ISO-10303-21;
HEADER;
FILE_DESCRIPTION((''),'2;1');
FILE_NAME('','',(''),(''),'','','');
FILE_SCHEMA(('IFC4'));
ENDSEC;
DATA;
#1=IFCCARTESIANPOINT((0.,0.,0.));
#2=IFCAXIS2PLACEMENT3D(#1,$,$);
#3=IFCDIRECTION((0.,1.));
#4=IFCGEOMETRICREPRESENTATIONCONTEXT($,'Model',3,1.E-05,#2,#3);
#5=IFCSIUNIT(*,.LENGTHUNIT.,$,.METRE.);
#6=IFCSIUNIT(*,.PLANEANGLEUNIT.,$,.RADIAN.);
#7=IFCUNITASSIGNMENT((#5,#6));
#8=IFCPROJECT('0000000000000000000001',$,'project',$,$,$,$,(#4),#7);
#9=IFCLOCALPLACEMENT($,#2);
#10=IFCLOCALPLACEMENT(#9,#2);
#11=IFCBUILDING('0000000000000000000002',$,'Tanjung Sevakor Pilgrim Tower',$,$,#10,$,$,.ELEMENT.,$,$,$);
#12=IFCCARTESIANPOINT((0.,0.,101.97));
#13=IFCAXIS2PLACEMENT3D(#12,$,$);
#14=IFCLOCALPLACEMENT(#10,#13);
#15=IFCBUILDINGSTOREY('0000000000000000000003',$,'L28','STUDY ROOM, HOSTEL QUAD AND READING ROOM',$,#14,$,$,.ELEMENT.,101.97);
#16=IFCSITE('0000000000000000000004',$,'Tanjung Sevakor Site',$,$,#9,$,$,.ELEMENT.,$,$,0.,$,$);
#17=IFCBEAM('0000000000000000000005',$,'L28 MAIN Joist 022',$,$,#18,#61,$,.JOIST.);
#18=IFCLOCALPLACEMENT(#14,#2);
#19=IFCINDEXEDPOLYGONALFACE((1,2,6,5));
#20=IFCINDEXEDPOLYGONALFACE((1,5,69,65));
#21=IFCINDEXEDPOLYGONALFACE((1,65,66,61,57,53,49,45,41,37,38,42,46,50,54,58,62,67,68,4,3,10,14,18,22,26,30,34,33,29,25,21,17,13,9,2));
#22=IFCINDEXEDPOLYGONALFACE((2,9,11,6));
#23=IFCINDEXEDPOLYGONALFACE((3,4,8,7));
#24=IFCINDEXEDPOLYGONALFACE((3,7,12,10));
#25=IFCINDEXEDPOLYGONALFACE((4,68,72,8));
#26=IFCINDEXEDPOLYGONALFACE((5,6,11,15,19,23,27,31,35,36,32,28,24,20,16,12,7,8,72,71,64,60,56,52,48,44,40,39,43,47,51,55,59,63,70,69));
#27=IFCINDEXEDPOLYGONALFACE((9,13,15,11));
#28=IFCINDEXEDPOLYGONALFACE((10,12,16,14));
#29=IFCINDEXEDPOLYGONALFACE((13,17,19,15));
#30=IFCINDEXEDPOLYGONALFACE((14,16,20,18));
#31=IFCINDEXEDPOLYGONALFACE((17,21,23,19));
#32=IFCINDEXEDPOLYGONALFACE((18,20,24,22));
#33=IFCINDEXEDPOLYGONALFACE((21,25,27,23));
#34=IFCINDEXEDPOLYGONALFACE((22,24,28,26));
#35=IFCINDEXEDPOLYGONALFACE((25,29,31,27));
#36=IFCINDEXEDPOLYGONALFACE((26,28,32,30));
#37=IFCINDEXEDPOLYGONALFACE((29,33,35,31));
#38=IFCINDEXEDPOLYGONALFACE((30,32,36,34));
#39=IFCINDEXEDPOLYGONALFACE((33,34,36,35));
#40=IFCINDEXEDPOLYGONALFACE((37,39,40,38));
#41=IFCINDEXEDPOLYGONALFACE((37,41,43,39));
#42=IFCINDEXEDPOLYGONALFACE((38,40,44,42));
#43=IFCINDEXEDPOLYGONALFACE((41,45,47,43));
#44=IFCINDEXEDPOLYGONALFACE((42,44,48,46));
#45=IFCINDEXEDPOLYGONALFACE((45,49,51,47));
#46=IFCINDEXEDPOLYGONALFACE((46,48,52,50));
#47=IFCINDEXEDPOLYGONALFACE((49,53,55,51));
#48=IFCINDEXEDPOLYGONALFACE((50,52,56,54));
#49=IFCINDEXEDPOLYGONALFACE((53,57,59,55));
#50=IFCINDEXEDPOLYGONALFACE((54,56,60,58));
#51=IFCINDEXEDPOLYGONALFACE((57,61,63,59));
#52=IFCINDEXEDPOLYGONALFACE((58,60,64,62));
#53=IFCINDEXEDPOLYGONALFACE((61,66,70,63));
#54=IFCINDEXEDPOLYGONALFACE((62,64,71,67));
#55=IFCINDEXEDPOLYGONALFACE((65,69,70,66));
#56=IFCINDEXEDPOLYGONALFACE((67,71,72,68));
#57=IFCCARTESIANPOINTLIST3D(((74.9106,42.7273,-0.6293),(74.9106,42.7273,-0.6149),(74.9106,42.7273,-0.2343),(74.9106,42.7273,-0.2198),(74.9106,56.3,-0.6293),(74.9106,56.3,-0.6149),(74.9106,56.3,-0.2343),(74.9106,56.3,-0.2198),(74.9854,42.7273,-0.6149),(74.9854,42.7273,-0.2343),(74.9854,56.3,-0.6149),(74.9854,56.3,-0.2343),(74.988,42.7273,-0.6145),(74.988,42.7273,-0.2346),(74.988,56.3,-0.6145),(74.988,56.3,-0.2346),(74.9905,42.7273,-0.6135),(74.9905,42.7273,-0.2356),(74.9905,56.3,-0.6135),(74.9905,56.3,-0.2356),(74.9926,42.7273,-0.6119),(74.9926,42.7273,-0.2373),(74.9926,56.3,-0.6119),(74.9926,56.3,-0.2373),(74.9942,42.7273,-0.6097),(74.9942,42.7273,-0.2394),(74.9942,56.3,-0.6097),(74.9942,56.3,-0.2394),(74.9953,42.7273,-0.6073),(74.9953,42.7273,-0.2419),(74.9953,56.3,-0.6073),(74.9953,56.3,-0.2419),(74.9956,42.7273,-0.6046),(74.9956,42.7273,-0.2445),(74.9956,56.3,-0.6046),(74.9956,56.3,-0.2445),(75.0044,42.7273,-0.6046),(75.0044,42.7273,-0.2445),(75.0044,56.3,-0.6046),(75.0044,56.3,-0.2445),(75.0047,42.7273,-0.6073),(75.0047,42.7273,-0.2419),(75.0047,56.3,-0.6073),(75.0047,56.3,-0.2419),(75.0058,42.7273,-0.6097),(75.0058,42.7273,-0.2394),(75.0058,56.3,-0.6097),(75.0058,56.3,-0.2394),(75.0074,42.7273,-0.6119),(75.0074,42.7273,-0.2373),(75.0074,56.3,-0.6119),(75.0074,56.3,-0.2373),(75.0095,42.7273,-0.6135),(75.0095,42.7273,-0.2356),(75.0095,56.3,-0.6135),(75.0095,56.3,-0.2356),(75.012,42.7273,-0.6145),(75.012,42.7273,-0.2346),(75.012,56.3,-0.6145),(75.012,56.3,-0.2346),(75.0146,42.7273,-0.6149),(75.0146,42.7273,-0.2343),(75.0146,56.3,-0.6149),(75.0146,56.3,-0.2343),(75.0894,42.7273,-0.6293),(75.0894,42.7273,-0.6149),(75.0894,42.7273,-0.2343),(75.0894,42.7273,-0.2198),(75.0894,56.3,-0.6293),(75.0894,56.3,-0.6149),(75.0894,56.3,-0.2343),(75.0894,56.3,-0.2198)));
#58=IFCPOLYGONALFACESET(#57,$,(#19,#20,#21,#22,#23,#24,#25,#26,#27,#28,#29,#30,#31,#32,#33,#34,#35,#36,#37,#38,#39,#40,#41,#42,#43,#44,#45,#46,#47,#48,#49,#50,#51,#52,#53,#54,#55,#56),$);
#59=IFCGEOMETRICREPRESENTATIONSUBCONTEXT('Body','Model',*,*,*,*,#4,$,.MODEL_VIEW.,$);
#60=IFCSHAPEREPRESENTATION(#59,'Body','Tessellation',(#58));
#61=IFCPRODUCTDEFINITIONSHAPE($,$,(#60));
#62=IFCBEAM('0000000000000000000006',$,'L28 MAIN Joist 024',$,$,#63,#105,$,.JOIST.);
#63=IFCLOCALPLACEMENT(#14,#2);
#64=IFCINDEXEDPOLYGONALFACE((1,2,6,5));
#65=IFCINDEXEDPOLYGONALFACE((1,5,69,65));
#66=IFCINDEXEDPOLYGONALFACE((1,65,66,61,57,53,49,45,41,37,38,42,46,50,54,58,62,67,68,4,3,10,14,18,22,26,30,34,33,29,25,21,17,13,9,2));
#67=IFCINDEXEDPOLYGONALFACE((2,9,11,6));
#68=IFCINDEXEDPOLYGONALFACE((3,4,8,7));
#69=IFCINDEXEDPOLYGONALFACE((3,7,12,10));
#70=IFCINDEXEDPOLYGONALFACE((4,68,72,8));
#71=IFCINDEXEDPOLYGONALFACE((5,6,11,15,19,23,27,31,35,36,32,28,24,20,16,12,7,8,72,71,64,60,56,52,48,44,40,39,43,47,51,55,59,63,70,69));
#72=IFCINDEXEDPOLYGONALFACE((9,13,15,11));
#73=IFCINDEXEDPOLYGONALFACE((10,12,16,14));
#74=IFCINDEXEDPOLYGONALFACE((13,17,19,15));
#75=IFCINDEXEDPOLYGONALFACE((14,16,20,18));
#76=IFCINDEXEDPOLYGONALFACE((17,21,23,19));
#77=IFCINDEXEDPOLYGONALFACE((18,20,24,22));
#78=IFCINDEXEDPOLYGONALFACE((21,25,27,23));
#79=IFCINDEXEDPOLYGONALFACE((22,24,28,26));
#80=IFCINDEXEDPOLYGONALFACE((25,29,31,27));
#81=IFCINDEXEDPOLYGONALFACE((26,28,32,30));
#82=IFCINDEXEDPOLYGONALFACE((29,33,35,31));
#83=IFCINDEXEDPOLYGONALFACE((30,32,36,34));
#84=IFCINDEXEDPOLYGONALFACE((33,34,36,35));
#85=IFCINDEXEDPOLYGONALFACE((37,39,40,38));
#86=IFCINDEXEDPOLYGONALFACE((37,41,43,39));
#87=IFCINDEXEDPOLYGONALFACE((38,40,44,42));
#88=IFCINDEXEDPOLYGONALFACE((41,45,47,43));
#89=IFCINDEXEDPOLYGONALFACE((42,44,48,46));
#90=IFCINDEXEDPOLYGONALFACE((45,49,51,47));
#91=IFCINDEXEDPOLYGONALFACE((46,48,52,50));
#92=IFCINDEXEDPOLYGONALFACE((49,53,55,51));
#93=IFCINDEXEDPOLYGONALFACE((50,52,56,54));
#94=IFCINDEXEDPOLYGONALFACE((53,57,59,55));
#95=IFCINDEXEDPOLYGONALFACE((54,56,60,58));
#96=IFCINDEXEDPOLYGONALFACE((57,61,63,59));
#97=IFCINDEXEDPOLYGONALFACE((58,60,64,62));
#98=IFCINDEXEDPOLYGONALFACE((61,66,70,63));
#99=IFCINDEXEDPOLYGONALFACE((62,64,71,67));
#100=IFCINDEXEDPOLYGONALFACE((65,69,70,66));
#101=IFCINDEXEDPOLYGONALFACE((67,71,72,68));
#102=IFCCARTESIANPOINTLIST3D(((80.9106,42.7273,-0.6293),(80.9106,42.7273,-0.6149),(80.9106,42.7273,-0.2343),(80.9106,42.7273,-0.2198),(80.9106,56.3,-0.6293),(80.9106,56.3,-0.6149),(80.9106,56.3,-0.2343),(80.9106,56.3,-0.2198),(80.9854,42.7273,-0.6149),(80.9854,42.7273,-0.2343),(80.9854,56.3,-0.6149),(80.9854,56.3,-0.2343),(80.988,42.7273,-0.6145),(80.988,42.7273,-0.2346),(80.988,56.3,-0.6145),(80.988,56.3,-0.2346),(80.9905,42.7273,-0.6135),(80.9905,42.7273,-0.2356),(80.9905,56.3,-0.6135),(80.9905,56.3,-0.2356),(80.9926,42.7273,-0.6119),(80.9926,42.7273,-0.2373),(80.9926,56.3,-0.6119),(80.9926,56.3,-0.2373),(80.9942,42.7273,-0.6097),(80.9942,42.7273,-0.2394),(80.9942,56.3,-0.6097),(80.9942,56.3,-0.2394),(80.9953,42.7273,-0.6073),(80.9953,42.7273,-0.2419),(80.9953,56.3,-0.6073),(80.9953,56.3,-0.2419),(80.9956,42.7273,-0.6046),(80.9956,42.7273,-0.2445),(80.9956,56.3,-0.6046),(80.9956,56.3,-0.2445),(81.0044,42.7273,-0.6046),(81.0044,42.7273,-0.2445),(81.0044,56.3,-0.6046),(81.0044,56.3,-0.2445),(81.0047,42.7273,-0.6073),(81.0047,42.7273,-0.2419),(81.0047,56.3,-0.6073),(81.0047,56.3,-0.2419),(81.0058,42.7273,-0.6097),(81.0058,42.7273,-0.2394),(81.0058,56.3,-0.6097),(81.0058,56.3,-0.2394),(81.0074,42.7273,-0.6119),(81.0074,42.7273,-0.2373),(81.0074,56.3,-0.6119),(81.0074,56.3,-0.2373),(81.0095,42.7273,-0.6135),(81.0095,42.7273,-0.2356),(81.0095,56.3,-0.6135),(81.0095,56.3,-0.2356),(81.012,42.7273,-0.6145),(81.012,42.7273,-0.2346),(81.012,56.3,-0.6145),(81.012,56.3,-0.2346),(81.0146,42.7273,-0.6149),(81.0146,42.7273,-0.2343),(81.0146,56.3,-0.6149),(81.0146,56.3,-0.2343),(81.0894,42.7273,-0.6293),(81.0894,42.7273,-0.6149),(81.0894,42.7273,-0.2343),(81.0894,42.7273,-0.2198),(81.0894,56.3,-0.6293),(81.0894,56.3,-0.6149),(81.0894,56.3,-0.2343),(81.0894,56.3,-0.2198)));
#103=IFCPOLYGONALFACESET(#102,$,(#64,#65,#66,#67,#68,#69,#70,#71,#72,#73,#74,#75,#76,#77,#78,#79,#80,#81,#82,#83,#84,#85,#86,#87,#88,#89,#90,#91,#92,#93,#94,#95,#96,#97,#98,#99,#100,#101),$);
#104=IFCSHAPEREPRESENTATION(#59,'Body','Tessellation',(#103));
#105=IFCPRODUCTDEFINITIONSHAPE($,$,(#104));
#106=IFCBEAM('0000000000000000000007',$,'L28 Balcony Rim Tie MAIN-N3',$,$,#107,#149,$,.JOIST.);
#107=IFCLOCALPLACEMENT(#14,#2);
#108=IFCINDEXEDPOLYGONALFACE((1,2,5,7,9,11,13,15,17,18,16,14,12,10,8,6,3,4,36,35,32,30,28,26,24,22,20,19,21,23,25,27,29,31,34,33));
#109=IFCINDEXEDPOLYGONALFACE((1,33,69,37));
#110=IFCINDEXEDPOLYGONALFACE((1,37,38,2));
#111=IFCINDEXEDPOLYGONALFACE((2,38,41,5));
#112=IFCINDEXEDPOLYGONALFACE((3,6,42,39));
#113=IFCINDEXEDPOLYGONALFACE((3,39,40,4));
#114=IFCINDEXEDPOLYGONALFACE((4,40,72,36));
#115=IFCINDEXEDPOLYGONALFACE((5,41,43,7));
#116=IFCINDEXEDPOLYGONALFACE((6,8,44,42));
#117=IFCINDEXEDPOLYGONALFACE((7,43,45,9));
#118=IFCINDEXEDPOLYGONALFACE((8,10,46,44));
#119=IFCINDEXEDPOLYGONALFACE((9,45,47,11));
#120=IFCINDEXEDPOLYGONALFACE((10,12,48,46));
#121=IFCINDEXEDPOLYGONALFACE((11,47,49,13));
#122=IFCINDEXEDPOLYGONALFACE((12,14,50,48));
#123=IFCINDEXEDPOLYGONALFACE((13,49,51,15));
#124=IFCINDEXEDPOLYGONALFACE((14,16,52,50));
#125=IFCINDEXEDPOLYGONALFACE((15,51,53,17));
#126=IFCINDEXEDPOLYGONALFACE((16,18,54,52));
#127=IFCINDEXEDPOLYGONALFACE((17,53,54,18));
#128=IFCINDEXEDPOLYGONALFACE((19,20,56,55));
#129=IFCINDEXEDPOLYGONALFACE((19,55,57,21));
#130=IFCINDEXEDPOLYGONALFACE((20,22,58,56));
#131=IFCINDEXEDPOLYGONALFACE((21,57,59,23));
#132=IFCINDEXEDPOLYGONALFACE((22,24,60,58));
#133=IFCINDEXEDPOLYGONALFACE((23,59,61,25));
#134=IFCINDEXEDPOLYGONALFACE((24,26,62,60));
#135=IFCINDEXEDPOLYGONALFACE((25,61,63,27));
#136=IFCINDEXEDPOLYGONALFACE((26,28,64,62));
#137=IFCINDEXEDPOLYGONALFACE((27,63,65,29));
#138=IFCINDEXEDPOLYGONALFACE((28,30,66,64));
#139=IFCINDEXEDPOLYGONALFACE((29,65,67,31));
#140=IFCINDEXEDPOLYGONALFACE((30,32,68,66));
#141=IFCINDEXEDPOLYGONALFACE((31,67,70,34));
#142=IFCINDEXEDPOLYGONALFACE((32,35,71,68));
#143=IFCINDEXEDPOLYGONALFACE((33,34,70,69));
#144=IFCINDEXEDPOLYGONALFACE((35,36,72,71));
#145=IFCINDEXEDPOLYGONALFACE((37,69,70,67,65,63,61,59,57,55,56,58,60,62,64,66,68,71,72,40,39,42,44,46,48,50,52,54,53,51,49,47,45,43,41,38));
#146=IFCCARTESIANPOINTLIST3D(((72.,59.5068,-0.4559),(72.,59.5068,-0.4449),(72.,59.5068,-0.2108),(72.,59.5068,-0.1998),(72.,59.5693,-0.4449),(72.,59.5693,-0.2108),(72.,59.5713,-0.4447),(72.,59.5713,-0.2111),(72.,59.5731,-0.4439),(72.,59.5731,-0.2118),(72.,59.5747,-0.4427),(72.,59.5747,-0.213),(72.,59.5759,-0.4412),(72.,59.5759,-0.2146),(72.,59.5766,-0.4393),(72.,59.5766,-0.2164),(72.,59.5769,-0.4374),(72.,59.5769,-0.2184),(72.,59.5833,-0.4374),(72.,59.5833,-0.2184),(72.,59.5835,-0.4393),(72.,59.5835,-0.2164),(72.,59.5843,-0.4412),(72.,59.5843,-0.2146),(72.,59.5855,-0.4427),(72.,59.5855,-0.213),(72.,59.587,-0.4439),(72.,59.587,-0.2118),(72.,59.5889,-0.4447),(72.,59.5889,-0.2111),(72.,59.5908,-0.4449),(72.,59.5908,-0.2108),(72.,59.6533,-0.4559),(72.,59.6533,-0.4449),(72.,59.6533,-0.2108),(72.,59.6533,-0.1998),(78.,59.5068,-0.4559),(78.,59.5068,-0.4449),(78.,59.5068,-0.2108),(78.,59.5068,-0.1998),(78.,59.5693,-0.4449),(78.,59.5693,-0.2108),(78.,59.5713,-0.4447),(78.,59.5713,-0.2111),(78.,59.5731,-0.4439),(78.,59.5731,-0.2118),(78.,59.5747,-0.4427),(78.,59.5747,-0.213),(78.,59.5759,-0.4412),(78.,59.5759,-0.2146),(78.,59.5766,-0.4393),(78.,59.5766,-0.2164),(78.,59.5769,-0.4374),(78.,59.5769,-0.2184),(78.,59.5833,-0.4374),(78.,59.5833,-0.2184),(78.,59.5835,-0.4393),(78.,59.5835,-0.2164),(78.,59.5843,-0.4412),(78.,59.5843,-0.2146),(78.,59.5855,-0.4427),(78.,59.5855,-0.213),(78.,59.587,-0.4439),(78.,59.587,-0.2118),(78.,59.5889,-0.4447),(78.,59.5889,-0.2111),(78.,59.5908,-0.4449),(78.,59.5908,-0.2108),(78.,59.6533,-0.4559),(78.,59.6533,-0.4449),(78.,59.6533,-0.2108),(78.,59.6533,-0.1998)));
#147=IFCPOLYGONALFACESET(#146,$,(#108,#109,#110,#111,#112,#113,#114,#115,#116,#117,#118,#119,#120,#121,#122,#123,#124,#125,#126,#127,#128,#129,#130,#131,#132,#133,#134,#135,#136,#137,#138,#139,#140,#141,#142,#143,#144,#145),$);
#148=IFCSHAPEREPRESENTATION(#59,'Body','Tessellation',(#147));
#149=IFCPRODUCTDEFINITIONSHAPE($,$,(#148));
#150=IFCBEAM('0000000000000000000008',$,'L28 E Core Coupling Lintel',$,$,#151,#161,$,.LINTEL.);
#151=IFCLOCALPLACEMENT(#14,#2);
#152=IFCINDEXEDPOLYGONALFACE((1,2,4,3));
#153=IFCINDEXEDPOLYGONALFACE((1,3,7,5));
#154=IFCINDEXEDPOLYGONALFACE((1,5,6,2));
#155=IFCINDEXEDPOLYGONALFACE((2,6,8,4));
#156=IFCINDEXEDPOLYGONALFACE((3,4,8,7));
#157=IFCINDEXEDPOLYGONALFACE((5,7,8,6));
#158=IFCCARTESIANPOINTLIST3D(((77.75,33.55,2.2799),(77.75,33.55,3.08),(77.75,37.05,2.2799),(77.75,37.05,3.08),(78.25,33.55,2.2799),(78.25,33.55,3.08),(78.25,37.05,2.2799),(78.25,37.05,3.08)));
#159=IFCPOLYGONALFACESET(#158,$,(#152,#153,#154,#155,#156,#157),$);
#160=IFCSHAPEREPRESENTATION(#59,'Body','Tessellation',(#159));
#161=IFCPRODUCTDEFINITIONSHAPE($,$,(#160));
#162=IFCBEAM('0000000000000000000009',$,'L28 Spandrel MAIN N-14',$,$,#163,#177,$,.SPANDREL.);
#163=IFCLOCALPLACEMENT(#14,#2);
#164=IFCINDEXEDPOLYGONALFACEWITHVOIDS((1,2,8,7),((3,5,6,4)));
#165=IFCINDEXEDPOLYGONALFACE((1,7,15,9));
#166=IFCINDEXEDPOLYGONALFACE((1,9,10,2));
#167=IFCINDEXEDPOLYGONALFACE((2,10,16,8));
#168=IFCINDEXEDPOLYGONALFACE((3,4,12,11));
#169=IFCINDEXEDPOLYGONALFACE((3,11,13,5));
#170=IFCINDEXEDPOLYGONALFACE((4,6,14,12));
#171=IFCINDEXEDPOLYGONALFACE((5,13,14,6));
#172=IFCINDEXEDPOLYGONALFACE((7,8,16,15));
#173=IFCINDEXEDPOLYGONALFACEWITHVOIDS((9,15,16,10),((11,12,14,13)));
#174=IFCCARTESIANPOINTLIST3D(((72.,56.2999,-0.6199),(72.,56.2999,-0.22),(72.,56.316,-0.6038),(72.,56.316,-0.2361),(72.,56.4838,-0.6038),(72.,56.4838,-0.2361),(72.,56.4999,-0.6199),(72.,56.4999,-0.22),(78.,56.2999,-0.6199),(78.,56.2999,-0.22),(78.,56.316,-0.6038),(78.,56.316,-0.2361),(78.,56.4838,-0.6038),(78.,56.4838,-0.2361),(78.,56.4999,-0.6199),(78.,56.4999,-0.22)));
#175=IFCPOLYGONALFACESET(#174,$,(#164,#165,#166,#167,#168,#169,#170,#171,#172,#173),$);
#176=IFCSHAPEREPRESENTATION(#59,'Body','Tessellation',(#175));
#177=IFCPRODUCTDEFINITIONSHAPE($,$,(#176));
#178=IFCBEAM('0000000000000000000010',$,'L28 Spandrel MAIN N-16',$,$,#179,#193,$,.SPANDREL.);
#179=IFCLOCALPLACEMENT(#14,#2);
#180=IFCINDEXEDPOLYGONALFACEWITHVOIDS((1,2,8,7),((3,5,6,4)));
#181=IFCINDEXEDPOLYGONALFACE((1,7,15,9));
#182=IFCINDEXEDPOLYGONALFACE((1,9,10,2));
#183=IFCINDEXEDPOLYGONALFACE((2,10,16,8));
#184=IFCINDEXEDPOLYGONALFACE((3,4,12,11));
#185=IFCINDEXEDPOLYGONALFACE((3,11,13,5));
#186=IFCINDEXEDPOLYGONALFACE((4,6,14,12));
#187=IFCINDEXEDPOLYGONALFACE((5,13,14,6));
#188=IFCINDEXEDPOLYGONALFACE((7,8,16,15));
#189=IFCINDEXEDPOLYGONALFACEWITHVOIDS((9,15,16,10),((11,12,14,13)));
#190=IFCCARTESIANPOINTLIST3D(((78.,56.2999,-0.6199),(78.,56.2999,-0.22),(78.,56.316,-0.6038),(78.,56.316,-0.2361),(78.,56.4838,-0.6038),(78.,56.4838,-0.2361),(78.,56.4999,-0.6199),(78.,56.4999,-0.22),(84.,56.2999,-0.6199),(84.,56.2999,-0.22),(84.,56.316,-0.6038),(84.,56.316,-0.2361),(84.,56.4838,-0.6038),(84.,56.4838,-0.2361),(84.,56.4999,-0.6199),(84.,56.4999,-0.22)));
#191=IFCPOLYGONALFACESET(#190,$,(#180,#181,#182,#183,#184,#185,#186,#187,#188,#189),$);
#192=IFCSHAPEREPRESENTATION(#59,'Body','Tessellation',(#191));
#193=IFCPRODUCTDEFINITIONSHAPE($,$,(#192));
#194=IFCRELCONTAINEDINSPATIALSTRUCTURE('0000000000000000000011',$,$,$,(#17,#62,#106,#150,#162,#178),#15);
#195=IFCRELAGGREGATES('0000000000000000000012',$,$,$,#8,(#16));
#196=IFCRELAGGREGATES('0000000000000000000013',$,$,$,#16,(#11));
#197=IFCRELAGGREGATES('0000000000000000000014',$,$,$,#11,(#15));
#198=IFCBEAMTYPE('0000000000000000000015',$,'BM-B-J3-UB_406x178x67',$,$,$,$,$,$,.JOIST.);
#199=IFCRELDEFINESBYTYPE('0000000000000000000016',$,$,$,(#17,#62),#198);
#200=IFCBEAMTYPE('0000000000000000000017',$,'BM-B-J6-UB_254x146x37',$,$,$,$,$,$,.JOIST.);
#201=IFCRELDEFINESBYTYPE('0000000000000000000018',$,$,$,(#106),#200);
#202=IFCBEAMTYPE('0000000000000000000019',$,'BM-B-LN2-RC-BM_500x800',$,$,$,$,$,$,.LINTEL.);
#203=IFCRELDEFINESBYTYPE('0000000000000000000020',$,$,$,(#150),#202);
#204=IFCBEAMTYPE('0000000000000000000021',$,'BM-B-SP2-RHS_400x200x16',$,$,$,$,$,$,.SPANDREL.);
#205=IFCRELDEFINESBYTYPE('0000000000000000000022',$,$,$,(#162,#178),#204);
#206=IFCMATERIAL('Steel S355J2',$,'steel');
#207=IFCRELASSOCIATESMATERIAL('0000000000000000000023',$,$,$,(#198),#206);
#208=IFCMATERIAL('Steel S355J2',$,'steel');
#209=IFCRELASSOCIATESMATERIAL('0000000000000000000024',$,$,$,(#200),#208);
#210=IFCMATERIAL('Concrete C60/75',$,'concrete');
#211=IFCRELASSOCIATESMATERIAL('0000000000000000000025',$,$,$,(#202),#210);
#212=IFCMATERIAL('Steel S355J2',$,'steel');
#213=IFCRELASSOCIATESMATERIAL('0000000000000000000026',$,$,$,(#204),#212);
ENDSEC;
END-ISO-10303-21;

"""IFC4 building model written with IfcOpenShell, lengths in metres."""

from ifc_helpers import new_model, si_unit, direction, frame, origin, origin_2d, place, context, subcontext, project, spatial, rectangle, hollow_rectangle, i_section, extrude, material, material_profile, profile_set, type_object, element, save


model = new_model("IFC4")

# Units and contexts
model_context = context("Model", 3, precision=1e-05, world=origin(), true_north=direction((0.0, 1.0)))
body_context = subcontext(model_context, "Body", "Model", "MODEL_VIEW")
ifc_project = project(units=[si_unit("LENGTHUNIT", "METRE"), si_unit("PLANEANGLEUNIT", "RADIAN")], contexts=[model_context])

# Site, building, storey
site_placement = place(None, origin())
site = spatial("IfcSite", under=ifc_project, at=site_placement, Name="Tanjung Sevakor Site", CompositionType="ELEMENT", RefElevation=0.0)
building_placement = place(site_placement, origin())
building = spatial("IfcBuilding", under=site, at=building_placement, Name="Tanjung Sevakor Pilgrim Tower", CompositionType="ELEMENT")
storey_placement = place(building_placement, frame((0.0, 0.0, 101.97)))
storey = spatial("IfcBuildingStorey", under=building, at=storey_placement, Name="L28", Description="STUDY ROOM, HOSTEL QUAD AND READING ROOM", CompositionType="ELEMENT", Elevation=101.97)

# Beams
ifc_material_1 = material(Name="Steel S355J2", Category="steel")
ifc_material_profile_1 = material_profile(ifc_material_1, i_section(OverallWidth=0.1787, OverallDepth=0.4094, WebThickness=0.0088, FlangeThickness=0.0144, FilletRadius=0.0103, at=origin_2d()))
ifc_profile_set_1 = profile_set([ifc_material_profile_1], Name="Steel S355J2")
beam_type_1 = type_object("IfcBeamType", Name="BM-B-J3-UB_406x178x67", PredefinedType="JOIST", material=ifc_profile_set_1)
for number, where, z_axis, x_axis, name in (
    (1, (75.0, 42.7273, -0.4246), (0.0, 1.0, 0.0), (-1.0, 0.0, 0.0), "L28 MAIN Joist 022"),
    (2, (81.0, 42.7273, -0.4246), (0.0, 1.0, 0.0), (-1.0, 0.0, 0.0), "L28 MAIN Joist 024"),
):
    element("IfcBeam", number, at=place(storey_placement, frame(where, z_axis=z_axis, x_axis=x_axis)), inside=storey, type_object=beam_type_1, Name=name, PredefinedType="JOIST", context=body_context, shape_type="SweptSolid", body=[
        extrude(i_section(OverallWidth=0.1787, OverallDepth=0.4094, WebThickness=0.0088, FlangeThickness=0.0144, FilletRadius=0.0103, at=origin_2d()), origin(), (0.0, 0.0, 1.0), 13.5728),
    ])
ifc_material_2 = material(Name="Steel S355J2", Category="steel")
ifc_material_profile_2 = material_profile(ifc_material_2, i_section(OverallWidth=0.1465, OverallDepth=0.2561, WebThickness=0.0063, FlangeThickness=0.011, FilletRadius=0.0076, at=origin_2d()))
ifc_profile_set_2 = profile_set([ifc_material_profile_2], Name="Steel S355J2")
beam_type_2 = type_object("IfcBeamType", Name="BM-B-J6-UB_254x146x37", PredefinedType="JOIST", material=ifc_profile_set_2)
beam_1_placement = place(storey_placement, frame((72.0, 59.5801, -0.3279), z_axis=(1.0, 0.0, 0.0), x_axis=(0.0, 1.0, 0.0)))
element("IfcBeam", 3, at=beam_1_placement, inside=storey, type_object=beam_type_2, Name="L28 Balcony Rim Tie MAIN-N3", PredefinedType="JOIST", context=body_context, shape_type="SweptSolid", body=[
    extrude(i_section(OverallWidth=0.1465, OverallDepth=0.2561, WebThickness=0.0063, FlangeThickness=0.011, FilletRadius=0.0076, at=origin_2d()), origin(), (0.0, 0.0, 1.0), 6.0),
])
ifc_material_3 = material(Name="Concrete C60/75", Category="concrete")
ifc_material_profile_3 = material_profile(ifc_material_3, rectangle(XDim=0.5, YDim=0.8, at=origin_2d()))
ifc_profile_set_3 = profile_set([ifc_material_profile_3], Name="Concrete C60/75")
beam_type_3 = type_object("IfcBeamType", Name="BM-B-LN2-RC-BM_500x800", PredefinedType="LINTEL", material=ifc_profile_set_3)
beam_2_placement = place(storey_placement, frame((78.0, 33.55, 2.6799), z_axis=(0.0, 1.0, 0.0), x_axis=(-1.0, 0.0, 0.0)))
element("IfcBeam", 4, at=beam_2_placement, inside=storey, type_object=beam_type_3, Name="L28 E Core Coupling Lintel", PredefinedType="LINTEL", context=body_context, shape_type="SweptSolid", body=[
    extrude(rectangle(XDim=0.5, YDim=0.8, at=origin_2d()), origin(), (0.0, 0.0, 1.0), 3.5),
])
ifc_material_4 = material(Name="Steel S355J2", Category="steel")
ifc_material_profile_4 = material_profile(ifc_material_4, hollow_rectangle(XDim=0.2, YDim=0.3999, WallThickness=0.0161, at=origin_2d()))
ifc_profile_set_4 = profile_set([ifc_material_profile_4], Name="Steel S355J2")
beam_type_4 = type_object("IfcBeamType", Name="BM-B-SP2-RHS_400x200x16", PredefinedType="SPANDREL", material=ifc_profile_set_4)
for number, where, z_axis, x_axis, name in (
    (5, (72.0, 56.3999, -0.4199), (1.0, 0.0, 0.0), (0.0, 1.0, 0.0), "L28 Spandrel MAIN N-14"),
    (6, (78.0, 56.3999, -0.4199), (1.0, 0.0, 0.0), (0.0, 1.0, 0.0), "L28 Spandrel MAIN N-16"),
):
    element("IfcBeam", number, at=place(storey_placement, frame(where, z_axis=z_axis, x_axis=x_axis)), inside=storey, type_object=beam_type_4, Name=name, PredefinedType="SPANDREL", context=body_context, shape_type="SweptSolid", body=[
        extrude(hollow_rectangle(XDim=0.2, YDim=0.3999, WallThickness=0.0161, at=origin_2d()), origin(), (0.0, 0.0, 1.0), 6.0),
    ])

save(model, "model.ifc")
